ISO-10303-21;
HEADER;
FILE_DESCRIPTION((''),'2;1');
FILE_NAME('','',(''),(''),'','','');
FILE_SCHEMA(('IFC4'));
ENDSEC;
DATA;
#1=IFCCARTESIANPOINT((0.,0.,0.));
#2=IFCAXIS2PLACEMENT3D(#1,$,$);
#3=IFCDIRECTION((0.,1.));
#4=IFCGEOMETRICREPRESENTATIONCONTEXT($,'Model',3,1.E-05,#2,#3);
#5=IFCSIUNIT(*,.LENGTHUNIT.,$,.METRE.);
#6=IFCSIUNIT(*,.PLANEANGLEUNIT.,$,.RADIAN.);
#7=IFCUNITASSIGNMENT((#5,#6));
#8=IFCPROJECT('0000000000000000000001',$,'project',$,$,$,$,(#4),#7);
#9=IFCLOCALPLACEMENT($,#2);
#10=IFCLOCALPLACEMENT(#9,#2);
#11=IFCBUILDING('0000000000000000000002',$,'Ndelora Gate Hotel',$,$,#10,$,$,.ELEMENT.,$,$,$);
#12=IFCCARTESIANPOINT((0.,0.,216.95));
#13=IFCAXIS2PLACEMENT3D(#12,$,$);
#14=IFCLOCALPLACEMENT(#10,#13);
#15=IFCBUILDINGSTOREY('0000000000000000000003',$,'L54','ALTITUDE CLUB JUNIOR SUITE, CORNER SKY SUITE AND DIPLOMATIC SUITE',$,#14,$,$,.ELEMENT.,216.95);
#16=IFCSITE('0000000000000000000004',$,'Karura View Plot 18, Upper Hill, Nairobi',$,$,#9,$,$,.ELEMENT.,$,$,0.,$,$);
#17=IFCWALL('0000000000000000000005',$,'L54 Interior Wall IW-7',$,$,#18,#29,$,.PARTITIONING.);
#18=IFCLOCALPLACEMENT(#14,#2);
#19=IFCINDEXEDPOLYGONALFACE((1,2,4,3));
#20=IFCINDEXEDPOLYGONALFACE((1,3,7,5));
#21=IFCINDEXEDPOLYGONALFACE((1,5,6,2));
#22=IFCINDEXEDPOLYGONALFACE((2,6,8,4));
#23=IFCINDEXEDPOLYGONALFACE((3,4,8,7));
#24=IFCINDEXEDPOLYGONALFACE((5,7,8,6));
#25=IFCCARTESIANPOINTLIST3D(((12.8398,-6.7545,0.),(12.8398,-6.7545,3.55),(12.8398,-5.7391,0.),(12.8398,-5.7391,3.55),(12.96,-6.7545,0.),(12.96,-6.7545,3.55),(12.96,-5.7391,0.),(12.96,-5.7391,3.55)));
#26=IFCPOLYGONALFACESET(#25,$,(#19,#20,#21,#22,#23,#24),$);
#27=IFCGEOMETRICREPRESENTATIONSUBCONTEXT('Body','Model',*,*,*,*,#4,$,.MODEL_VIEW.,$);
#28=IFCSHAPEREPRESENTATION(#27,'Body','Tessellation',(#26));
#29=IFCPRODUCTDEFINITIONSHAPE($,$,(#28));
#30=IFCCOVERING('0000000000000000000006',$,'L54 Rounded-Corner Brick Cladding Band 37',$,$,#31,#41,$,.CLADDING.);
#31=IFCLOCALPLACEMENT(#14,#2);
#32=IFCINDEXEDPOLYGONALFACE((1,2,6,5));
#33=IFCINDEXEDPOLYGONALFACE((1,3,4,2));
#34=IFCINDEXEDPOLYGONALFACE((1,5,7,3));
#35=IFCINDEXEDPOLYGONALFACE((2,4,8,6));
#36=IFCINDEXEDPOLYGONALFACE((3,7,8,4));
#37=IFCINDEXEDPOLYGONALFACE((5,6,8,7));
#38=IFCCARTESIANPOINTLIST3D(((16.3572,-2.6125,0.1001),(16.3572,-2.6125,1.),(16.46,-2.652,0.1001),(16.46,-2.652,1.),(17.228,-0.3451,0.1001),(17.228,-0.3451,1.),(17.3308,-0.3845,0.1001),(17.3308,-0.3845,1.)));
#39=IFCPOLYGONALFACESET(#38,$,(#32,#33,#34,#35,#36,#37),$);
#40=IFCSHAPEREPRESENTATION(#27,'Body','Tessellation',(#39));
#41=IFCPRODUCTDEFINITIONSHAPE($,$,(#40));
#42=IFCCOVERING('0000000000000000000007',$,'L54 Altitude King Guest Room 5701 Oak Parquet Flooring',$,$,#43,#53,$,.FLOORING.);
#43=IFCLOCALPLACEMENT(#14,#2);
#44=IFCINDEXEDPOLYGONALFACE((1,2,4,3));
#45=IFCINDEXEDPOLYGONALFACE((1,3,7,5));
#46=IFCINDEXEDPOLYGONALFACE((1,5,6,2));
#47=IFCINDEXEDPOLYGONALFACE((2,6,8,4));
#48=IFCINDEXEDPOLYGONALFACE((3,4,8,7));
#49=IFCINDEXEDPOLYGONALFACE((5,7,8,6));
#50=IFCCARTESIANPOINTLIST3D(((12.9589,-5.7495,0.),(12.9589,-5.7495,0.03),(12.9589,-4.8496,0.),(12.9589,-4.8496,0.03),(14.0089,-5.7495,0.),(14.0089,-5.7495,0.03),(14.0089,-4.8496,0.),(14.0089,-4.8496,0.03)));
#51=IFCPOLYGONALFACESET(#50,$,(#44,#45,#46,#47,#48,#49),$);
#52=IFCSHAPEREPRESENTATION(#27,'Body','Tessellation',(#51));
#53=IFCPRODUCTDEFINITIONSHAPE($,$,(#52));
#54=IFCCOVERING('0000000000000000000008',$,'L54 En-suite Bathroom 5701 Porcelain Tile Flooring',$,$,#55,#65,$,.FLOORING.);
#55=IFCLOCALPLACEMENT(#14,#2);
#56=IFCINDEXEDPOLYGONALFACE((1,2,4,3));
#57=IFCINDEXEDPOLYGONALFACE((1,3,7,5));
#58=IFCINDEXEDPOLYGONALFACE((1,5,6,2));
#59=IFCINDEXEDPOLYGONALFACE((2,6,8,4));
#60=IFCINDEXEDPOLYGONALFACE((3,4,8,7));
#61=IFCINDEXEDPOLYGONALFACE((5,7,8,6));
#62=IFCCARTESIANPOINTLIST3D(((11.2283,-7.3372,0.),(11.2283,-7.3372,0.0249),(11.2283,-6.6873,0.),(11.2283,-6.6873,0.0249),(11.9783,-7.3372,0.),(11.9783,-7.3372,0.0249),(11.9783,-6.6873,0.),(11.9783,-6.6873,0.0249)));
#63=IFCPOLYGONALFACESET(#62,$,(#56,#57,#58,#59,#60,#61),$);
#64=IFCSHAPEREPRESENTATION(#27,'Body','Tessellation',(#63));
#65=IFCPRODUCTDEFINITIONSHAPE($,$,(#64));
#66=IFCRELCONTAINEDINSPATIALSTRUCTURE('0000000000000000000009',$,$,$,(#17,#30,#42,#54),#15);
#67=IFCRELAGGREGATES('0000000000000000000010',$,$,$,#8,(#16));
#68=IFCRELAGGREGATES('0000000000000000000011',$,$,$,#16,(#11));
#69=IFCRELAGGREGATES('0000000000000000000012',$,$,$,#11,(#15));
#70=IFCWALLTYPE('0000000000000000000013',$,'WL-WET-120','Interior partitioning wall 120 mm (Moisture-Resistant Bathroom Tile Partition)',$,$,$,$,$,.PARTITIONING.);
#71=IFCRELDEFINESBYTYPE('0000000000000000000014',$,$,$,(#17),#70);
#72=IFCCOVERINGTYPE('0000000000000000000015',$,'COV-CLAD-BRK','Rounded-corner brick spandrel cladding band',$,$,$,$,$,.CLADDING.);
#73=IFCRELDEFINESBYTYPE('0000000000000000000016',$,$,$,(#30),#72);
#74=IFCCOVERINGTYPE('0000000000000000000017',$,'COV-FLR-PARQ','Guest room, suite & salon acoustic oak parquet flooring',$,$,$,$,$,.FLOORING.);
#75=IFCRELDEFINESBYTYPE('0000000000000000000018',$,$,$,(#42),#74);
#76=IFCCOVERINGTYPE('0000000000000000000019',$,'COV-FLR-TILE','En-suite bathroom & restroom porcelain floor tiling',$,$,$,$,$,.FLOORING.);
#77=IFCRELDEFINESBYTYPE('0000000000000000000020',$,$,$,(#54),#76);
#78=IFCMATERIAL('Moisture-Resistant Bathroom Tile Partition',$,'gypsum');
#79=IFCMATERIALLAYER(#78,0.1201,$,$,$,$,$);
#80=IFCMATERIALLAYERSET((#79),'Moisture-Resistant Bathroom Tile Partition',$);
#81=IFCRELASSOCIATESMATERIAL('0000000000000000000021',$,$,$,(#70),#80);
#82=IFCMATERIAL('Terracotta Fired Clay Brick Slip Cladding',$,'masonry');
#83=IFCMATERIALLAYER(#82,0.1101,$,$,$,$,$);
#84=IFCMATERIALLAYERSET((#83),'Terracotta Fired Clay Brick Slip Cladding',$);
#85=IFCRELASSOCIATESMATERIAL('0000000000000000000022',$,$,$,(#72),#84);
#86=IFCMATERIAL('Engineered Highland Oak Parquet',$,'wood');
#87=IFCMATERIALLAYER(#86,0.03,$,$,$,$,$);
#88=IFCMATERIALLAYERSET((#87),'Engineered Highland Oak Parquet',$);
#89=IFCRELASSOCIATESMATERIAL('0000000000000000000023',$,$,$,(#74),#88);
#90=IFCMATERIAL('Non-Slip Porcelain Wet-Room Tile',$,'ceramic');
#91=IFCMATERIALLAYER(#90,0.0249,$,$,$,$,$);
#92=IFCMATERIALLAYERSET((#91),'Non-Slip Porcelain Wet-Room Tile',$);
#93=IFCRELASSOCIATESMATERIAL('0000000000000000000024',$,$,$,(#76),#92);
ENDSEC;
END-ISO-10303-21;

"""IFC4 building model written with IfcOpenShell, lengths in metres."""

from ifc_helpers import new_model, si_unit, direction, frame, frame_2d, origin, origin_2d, place, context, subcontext, project, spatial, rectangle, extrude, material, layer, layer_set, type_object, element, save


model = new_model("IFC4")

# Units and contexts
model_context = context("Model", 3, precision=1e-05, world=origin(), true_north=direction((0.0, 1.0)))
body_context = subcontext(model_context, "Body", "Model", "MODEL_VIEW")
ifc_project = project(units=[si_unit("LENGTHUNIT", "METRE"), si_unit("PLANEANGLEUNIT", "RADIAN")], contexts=[model_context])

# Site, building, storey
site_placement = place(None, origin())
site = spatial("IfcSite", under=ifc_project, at=site_placement, Name="Karura View Plot 18, Upper Hill, Nairobi", CompositionType="ELEMENT", RefElevation=0.0)
building_placement = place(site_placement, origin())
building = spatial("IfcBuilding", under=site, at=building_placement, Name="Ndelora Gate Hotel", CompositionType="ELEMENT")
storey_placement = place(building_placement, frame((0.0, 0.0, 216.95)))
storey = spatial("IfcBuildingStorey", under=building, at=storey_placement, Name="L54", Description="ALTITUDE CLUB JUNIOR SUITE, CORNER SKY SUITE AND DIPLOMATIC SUITE", CompositionType="ELEMENT", Elevation=216.95)

# Shared definitions
ifc_material_1 = material(Name="Moisture-Resistant Bathroom Tile Partition", Category="gypsum")
ifc_layer_1 = layer(ifc_material_1, 0.1201)
ifc_layer_set_1 = layer_set([ifc_layer_1], Name="Moisture-Resistant Bathroom Tile Partition")
wall_type_1 = type_object("IfcWallType", Name="WL-WET-120", Description="Interior partitioning wall 120 mm (Moisture-Resistant Bathroom Tile Partition)", PredefinedType="PARTITIONING", material=ifc_layer_set_1)

# Wall
wall_1_placement = place(storey_placement, frame((12.8999, -5.739, 0.0), z_axis=(0.0, 0.0, 1.0), x_axis=(0.0, -1.0, 0.0)))
element("IfcWall", 1, at=wall_1_placement, inside=storey, type_object=wall_type_1, Name="L54 Interior Wall IW-7", PredefinedType="PARTITIONING", context=body_context, shape_type="SweptSolid", body=[
    extrude(rectangle(XDim=1.0154, YDim=0.1201, at=frame_2d((0.5078, 0.0))), origin(), (0.0, 0.0, 1.0), 3.55),
])

# Coverings
ifc_material_2 = material(Name="Terracotta Fired Clay Brick Slip Cladding", Category="masonry")
ifc_layer_2 = layer(ifc_material_2, 0.1101)
ifc_layer_set_2 = layer_set([ifc_layer_2], Name="Terracotta Fired Clay Brick Slip Cladding")
covering_type_1 = type_object("IfcCoveringType", Name="COV-CLAD-BRK", Description="Rounded-corner brick spandrel cladding band", PredefinedType="CLADDING", material=ifc_layer_set_2)
covering_1_placement = place(storey_placement, frame((16.844, -1.4985, 0.1001), z_axis=(0.0, 0.0, 1.0), x_axis=(0.358531, 0.933518, 0.0)))
element("IfcCovering", 2, at=covering_1_placement, inside=storey, type_object=covering_type_1, Name="L54 Rounded-Corner Brick Cladding Band 37", PredefinedType="CLADDING", context=body_context, shape_type="SweptSolid", body=[
    extrude(rectangle(XDim=2.429, YDim=0.1101, at=origin_2d()), origin(), (0.0, 0.0, 1.0), 0.8999),
])
ifc_material_3 = material(Name="Engineered Highland Oak Parquet", Category="wood")
ifc_layer_3 = layer(ifc_material_3, 0.03)
ifc_layer_set_3 = layer_set([ifc_layer_3], Name="Engineered Highland Oak Parquet")
covering_type_2 = type_object("IfcCoveringType", Name="COV-FLR-PARQ", Description="Guest room, suite & salon acoustic oak parquet flooring", PredefinedType="FLOORING", material=ifc_layer_set_3)
covering_2_placement = place(storey_placement, frame((13.4839, -5.2996, 0.0), z_axis=(0.0, 0.0, 1.0), x_axis=(1.0, 0.0, 0.0)))
element("IfcCovering", 3, at=covering_2_placement, inside=storey, type_object=covering_type_2, Name="L54 Altitude King Guest Room 5701 Oak Parquet Flooring", PredefinedType="FLOORING", context=body_context, shape_type="SweptSolid", body=[
    extrude(rectangle(XDim=1.05, YDim=0.8999, at=origin_2d()), origin(), (0.0, 0.0, 1.0), 0.03),
])
ifc_material_4 = material(Name="Non-Slip Porcelain Wet-Room Tile", Category="ceramic")
ifc_layer_4 = layer(ifc_material_4, 0.0249)
ifc_layer_set_4 = layer_set([ifc_layer_4], Name="Non-Slip Porcelain Wet-Room Tile")
covering_type_3 = type_object("IfcCoveringType", Name="COV-FLR-TILE", Description="En-suite bathroom & restroom porcelain floor tiling", PredefinedType="FLOORING", material=ifc_layer_set_4)
covering_3_placement = place(storey_placement, frame((11.6033, -7.0122, 0.0), z_axis=(0.0, 0.0, 1.0), x_axis=(1.0, 0.0, 0.0)))
element("IfcCovering", 4, at=covering_3_placement, inside=storey, type_object=covering_type_3, Name="L54 En-suite Bathroom 5701 Porcelain Tile Flooring", PredefinedType="FLOORING", context=body_context, shape_type="SweptSolid", body=[
    extrude(rectangle(XDim=0.75, YDim=0.6499, at=origin_2d()), origin(), (0.0, 0.0, 1.0), 0.0249),
])

save(model, "model.ifc")
